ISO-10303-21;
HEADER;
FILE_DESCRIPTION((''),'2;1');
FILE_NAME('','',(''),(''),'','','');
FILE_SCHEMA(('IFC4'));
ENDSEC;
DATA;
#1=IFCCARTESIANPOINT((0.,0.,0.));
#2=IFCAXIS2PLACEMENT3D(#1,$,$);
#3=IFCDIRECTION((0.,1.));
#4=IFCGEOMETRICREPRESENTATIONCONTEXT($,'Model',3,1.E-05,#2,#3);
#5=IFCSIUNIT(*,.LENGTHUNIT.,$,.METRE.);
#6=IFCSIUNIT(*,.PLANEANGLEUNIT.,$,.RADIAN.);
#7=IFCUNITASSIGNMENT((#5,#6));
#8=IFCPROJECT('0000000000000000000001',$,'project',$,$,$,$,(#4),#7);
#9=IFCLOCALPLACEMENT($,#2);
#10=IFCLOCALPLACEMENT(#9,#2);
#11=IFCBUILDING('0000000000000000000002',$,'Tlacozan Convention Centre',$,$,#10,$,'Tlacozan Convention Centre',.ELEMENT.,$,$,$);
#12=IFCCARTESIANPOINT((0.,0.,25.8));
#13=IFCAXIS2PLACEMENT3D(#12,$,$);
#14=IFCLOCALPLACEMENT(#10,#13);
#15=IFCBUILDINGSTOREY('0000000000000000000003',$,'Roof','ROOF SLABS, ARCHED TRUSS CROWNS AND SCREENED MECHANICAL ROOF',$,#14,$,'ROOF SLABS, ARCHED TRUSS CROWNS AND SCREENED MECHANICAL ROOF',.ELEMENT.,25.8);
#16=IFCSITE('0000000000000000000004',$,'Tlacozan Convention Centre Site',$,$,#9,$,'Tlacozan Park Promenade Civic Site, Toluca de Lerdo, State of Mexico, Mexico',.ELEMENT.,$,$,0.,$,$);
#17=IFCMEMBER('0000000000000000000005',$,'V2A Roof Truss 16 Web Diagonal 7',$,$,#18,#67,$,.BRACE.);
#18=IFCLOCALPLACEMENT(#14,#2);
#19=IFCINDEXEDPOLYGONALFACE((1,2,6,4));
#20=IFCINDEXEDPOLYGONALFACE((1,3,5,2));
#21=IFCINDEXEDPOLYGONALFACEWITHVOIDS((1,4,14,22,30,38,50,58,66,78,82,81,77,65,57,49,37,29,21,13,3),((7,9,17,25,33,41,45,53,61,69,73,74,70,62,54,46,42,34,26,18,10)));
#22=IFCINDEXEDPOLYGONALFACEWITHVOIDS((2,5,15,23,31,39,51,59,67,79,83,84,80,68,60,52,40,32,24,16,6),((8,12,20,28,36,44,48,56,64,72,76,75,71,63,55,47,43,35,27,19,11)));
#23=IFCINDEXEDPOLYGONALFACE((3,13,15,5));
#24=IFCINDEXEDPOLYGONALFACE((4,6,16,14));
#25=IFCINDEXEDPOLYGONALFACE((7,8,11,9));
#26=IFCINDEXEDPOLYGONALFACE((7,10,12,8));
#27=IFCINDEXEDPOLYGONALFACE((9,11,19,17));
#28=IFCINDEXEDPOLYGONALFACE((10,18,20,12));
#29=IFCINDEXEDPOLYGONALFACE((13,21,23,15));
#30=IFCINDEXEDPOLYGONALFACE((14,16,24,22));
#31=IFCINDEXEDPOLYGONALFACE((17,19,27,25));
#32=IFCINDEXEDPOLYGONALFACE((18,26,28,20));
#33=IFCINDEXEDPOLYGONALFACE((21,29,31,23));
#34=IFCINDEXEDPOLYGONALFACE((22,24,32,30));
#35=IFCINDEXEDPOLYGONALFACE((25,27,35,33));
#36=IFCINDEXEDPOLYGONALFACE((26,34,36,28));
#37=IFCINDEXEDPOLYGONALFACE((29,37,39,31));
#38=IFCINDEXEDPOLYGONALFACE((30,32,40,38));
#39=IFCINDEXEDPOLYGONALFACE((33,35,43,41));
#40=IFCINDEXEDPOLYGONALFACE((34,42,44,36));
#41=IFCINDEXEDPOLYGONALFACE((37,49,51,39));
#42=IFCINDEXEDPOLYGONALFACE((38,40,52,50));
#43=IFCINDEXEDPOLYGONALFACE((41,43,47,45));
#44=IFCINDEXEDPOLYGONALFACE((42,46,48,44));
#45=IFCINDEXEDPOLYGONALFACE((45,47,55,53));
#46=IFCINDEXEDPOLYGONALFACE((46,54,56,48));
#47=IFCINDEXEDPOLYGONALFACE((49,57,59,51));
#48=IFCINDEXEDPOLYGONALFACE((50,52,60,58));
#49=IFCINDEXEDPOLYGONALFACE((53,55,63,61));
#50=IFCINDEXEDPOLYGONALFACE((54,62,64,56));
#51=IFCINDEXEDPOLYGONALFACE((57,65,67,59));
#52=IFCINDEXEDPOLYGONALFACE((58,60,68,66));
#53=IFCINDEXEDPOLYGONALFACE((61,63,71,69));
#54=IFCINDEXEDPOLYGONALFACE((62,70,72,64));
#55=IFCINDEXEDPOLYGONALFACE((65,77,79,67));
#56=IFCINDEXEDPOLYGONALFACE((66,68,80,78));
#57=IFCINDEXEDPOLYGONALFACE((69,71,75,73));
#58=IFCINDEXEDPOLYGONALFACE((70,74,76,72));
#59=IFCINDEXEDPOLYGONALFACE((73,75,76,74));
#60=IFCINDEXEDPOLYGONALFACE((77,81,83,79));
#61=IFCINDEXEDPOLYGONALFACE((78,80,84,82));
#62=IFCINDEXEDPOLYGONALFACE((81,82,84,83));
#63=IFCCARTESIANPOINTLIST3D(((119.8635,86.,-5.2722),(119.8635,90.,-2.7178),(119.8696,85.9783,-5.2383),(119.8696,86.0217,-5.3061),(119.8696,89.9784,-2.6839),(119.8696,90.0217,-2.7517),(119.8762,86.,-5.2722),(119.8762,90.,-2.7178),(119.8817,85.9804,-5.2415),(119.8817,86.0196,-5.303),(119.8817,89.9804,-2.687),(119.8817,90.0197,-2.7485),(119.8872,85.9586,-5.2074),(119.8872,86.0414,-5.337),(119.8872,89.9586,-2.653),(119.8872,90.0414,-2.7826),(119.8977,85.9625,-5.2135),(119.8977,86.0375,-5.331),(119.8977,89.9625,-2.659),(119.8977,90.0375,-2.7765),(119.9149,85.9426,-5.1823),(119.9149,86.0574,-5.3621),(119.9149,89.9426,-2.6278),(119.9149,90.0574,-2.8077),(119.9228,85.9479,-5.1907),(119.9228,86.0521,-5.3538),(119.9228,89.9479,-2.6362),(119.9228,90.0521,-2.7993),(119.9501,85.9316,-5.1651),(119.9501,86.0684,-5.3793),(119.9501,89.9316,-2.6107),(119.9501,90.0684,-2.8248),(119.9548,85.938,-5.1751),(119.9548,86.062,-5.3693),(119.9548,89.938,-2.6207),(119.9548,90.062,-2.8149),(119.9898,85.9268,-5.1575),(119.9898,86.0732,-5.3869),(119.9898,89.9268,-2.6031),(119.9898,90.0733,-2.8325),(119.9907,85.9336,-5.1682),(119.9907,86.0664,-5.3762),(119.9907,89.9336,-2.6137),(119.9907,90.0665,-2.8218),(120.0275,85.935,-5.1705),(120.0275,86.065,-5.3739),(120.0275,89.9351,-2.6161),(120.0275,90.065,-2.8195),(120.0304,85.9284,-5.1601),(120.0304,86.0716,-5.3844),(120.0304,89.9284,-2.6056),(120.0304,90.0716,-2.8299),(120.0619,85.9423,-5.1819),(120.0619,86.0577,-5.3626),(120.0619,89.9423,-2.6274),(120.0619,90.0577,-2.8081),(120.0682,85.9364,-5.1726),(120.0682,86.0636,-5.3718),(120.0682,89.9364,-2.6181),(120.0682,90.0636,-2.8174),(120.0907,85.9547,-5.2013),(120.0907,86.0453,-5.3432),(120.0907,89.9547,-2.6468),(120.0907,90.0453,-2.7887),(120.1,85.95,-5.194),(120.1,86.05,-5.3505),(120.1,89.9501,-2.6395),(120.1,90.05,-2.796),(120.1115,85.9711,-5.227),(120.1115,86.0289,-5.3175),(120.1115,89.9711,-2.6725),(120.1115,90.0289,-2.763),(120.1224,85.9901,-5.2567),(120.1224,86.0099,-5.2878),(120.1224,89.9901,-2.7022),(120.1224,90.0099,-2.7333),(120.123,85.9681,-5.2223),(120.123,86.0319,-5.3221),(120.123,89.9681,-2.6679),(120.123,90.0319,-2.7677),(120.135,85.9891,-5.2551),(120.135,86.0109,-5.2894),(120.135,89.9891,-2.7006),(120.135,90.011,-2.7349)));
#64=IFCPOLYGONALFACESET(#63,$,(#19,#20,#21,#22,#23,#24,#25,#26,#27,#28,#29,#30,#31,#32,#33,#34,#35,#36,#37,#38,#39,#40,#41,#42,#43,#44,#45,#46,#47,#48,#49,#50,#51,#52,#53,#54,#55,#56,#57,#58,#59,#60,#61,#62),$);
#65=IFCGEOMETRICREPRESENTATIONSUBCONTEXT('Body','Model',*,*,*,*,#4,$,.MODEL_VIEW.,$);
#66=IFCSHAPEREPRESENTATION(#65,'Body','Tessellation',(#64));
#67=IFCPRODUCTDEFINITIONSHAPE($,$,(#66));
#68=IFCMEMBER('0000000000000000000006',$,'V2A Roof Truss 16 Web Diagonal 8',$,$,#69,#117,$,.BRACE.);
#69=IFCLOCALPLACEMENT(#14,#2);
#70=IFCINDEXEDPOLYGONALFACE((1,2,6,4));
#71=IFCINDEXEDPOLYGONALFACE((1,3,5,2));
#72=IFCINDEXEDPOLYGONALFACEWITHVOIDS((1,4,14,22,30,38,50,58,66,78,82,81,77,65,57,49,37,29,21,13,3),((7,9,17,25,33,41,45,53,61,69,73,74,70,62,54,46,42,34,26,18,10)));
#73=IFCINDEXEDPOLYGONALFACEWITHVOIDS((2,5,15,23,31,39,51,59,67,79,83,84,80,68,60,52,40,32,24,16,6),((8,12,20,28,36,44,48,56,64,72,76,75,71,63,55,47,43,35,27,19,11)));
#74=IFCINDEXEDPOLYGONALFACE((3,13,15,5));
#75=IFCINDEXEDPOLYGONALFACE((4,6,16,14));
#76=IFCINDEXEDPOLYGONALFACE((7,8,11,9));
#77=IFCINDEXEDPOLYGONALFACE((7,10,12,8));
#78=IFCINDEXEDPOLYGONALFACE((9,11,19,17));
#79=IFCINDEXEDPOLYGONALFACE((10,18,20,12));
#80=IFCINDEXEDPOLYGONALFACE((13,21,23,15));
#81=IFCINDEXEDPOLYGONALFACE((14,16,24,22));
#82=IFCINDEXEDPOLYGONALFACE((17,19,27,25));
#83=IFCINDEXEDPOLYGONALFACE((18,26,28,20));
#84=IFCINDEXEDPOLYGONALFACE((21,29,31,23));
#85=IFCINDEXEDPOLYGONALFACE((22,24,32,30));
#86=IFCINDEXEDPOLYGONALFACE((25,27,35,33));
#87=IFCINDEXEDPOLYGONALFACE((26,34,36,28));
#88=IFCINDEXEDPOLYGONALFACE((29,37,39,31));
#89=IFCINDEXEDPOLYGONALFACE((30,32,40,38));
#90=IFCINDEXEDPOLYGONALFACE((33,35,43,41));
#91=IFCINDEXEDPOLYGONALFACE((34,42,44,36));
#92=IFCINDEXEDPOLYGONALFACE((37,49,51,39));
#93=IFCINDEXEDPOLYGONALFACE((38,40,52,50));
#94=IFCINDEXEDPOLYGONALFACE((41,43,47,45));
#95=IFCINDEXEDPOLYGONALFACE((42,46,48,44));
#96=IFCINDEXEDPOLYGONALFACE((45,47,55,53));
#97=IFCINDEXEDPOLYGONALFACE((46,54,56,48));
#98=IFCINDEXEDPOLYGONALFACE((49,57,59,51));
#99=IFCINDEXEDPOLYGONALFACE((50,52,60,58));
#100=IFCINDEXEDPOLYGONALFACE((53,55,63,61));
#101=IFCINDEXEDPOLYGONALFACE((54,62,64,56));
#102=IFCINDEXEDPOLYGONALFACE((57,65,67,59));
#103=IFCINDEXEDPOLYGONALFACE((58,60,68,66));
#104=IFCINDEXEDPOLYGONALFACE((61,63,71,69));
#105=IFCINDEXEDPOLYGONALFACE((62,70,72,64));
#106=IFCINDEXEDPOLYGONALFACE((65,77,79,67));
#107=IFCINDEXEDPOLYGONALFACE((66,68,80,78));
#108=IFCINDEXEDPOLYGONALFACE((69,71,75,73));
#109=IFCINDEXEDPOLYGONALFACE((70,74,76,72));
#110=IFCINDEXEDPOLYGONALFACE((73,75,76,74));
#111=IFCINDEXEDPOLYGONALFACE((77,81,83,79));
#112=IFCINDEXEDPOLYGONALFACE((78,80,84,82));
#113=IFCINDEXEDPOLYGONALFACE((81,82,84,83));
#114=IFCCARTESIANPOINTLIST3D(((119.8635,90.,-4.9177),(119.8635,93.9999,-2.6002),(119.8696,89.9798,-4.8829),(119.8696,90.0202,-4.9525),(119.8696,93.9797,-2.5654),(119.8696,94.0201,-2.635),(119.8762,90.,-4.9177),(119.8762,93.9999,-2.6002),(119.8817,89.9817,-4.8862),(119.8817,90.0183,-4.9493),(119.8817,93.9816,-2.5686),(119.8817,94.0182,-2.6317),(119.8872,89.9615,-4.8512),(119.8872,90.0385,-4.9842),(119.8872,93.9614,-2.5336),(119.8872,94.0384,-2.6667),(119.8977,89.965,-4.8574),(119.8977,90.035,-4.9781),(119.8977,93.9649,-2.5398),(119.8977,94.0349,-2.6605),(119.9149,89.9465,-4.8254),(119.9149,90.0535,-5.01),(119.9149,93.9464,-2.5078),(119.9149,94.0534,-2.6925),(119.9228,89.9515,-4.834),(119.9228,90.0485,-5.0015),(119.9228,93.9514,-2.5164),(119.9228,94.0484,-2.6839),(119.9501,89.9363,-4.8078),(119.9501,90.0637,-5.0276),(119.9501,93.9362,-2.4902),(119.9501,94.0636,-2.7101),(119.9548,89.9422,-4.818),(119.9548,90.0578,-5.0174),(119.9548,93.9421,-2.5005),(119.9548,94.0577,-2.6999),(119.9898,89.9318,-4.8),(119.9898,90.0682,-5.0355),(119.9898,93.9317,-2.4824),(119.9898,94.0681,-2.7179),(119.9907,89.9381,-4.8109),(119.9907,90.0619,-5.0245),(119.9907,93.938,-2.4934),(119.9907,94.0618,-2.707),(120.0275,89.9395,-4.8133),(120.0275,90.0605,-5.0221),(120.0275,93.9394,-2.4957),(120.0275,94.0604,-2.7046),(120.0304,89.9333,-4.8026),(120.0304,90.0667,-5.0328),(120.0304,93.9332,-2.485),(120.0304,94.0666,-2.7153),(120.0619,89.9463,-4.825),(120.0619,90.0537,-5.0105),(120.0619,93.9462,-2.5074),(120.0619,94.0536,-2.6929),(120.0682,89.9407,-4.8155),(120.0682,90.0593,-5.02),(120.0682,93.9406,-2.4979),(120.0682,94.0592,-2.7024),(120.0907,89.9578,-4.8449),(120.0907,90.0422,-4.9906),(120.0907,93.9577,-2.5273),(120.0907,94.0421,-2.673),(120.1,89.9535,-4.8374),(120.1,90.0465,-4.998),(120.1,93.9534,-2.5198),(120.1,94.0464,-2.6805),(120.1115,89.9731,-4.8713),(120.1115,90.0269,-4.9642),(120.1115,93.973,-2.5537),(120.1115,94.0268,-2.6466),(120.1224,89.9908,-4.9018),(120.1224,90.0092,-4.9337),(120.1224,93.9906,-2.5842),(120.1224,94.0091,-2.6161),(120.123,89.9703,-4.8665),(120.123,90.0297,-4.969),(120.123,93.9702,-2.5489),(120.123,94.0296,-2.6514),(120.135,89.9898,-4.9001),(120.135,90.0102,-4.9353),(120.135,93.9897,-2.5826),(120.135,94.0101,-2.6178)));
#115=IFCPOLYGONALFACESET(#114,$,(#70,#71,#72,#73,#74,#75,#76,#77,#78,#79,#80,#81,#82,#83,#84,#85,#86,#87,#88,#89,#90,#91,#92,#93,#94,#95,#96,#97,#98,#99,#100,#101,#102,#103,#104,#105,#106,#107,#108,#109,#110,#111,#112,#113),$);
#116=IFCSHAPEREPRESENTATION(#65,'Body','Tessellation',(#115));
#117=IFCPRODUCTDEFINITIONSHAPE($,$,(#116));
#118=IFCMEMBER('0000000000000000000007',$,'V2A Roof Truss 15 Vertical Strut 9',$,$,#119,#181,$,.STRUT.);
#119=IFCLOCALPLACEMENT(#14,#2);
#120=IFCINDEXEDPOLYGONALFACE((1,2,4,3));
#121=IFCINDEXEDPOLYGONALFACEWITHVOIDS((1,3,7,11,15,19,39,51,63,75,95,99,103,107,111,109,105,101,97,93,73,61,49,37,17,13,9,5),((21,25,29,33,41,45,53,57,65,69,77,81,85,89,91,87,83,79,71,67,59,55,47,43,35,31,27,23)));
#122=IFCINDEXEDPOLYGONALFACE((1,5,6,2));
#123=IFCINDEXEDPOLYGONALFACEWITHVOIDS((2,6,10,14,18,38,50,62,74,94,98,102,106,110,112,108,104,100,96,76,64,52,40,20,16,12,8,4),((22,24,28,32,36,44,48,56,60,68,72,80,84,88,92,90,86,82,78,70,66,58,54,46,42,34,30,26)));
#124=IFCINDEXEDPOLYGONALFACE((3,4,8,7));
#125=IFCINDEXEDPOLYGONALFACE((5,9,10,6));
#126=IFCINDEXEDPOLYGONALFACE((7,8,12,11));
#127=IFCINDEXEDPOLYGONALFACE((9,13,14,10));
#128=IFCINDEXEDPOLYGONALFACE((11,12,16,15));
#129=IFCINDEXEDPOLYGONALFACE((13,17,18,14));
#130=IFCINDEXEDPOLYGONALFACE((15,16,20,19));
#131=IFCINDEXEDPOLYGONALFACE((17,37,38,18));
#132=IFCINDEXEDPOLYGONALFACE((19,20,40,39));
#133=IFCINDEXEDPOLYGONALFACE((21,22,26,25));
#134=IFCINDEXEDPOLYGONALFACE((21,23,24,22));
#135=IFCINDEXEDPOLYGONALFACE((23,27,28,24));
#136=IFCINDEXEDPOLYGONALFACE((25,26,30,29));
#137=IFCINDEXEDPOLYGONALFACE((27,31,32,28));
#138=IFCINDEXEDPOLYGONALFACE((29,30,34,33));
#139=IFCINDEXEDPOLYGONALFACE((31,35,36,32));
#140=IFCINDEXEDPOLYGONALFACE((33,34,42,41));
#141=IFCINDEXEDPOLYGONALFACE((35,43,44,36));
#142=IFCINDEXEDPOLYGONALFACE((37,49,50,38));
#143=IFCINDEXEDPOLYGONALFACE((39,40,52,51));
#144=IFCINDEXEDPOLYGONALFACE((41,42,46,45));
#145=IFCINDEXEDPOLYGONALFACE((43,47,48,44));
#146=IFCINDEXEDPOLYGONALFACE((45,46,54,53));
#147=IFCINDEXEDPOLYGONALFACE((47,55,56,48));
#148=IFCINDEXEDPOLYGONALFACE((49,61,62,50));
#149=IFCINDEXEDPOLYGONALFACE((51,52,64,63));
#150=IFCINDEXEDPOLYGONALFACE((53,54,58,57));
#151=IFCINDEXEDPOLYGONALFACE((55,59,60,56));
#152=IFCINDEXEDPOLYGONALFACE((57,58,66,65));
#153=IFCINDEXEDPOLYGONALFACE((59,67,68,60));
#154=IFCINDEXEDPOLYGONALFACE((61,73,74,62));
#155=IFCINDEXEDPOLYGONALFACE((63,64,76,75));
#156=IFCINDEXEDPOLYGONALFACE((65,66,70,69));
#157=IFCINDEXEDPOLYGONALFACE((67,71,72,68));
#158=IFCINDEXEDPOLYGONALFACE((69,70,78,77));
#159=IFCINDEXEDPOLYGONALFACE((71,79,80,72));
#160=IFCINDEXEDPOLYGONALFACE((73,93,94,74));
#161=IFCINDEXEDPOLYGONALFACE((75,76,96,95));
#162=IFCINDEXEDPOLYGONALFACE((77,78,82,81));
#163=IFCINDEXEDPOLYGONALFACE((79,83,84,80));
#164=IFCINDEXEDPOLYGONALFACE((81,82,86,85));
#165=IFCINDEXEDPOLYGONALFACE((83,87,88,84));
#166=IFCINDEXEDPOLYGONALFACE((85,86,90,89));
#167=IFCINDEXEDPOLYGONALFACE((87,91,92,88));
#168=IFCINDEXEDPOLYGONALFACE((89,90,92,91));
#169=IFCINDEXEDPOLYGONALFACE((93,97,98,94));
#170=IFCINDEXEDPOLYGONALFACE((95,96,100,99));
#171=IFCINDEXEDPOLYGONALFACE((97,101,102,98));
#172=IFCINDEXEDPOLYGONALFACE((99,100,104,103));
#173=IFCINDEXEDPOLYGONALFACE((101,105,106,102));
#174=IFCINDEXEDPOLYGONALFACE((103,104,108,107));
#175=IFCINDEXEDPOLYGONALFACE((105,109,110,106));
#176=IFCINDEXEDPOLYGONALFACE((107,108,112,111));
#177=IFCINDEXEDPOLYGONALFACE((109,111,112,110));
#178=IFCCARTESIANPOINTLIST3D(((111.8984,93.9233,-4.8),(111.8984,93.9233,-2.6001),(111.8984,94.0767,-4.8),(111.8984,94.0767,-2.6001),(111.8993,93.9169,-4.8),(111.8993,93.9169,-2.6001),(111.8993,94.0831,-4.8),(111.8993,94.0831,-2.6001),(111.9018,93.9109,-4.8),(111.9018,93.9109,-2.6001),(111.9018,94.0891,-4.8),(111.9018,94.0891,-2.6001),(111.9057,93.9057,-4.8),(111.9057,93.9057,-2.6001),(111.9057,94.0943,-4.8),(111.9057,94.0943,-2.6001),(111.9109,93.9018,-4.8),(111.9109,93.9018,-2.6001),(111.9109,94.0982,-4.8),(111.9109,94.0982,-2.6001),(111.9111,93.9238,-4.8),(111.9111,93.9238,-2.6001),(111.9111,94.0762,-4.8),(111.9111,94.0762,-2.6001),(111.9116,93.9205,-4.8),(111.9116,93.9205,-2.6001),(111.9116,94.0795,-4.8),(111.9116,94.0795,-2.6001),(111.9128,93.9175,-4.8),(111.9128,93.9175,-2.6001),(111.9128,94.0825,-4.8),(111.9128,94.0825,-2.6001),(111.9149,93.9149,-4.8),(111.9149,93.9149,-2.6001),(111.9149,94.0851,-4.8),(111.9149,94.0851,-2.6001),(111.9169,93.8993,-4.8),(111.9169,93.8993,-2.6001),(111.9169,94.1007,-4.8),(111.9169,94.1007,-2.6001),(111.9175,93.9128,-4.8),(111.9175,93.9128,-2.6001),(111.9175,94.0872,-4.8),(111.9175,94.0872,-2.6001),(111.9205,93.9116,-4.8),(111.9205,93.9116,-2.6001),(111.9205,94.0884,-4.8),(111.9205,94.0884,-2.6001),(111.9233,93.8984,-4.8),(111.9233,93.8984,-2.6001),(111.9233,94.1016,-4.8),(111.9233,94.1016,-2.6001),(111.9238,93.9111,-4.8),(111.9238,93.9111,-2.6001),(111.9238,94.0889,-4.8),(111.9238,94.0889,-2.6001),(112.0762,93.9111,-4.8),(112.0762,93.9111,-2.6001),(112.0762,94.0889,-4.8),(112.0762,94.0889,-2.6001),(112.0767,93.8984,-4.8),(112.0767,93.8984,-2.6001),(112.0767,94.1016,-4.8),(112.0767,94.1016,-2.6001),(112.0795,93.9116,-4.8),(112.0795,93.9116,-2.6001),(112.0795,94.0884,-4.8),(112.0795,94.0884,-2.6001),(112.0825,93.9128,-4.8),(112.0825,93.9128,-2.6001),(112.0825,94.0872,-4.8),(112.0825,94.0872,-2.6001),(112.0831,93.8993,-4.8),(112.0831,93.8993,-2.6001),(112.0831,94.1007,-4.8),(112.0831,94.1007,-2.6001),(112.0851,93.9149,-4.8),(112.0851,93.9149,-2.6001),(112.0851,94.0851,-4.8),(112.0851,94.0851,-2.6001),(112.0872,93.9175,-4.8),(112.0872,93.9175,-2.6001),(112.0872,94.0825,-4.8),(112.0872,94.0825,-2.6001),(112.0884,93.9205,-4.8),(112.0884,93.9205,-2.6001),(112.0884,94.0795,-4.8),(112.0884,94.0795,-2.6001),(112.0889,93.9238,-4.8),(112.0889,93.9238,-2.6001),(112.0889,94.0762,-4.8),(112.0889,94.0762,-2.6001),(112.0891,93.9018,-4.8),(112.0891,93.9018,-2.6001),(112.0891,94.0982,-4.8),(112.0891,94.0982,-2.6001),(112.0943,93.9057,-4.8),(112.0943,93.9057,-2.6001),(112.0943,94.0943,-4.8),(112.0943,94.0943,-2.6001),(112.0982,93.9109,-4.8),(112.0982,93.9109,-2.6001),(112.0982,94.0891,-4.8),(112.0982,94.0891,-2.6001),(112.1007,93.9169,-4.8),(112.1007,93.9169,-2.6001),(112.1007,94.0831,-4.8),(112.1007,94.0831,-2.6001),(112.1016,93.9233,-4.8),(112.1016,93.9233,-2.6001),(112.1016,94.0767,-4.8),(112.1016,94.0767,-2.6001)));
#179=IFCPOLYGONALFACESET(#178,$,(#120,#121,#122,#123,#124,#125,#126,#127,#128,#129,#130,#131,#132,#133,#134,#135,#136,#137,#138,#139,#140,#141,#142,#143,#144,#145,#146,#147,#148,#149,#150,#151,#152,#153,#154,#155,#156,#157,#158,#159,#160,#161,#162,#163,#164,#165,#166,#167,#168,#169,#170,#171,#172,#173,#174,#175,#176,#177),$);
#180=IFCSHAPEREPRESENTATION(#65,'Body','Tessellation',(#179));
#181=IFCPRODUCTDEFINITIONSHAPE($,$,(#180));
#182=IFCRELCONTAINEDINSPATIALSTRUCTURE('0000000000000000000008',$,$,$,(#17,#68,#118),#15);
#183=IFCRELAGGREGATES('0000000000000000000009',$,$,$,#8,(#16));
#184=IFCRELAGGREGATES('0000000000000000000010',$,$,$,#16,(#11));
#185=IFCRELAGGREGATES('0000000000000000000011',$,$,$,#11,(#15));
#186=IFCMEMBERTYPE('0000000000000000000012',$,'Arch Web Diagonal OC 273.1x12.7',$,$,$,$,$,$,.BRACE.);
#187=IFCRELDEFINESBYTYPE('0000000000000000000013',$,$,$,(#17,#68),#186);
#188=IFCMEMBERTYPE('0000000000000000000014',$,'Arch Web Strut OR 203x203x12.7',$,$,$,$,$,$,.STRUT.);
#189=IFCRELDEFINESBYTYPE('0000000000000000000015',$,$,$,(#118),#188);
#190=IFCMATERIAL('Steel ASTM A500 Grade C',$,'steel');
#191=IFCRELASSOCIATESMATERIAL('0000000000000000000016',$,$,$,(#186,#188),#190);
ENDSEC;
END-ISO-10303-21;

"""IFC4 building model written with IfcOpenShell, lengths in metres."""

from ifc_helpers import new_model, si_unit, direction, frame, origin, origin_2d, place, context, subcontext, project, spatial, hollow_rectangle, hollow_circle, extrude, material, material_profile, profile_set, type_object, element, save


model = new_model("IFC4")

# Units and contexts
model_context = context("Model", 3, precision=1e-05, world=origin(), true_north=direction((0.0, 1.0)))
body_context = subcontext(model_context, "Body", "Model", "MODEL_VIEW")
ifc_project = project(units=[si_unit("LENGTHUNIT", "METRE"), si_unit("PLANEANGLEUNIT", "RADIAN")], contexts=[model_context])

# Site, building, storey
site_placement = place(None, origin())
site = spatial("IfcSite", under=ifc_project, at=site_placement, Name="Tlacozan Convention Centre Site", LongName="Tlacozan Park Promenade Civic Site, Toluca de Lerdo, State of Mexico, Mexico", CompositionType="ELEMENT", RefElevation=0.0)
building_placement = place(site_placement, origin())
building = spatial("IfcBuilding", under=site, at=building_placement, Name="Tlacozan Convention Centre", LongName="Tlacozan Convention Centre", CompositionType="ELEMENT")
storey_placement = place(building_placement, frame((0.0, 0.0, 25.8)))
storey = spatial("IfcBuildingStorey", under=building, at=storey_placement, Name="Roof", Description="ROOF SLABS, ARCHED TRUSS CROWNS AND SCREENED MECHANICAL ROOF", LongName="ROOF SLABS, ARCHED TRUSS CROWNS AND SCREENED MECHANICAL ROOF", CompositionType="ELEMENT", Elevation=25.8)

# Members
ifc_material_1 = material(Name="Steel ASTM A500 Grade C", Category="steel")
ifc_material_profile_1 = material_profile(ifc_material_1, hollow_circle(Radius=0.1365, WallThickness=0.0127, at=origin_2d()), Name="OC 273.1x12.7")
ifc_profile_set_1 = profile_set([ifc_material_profile_1], Name="Steel ASTM A500 Grade C")
member_type_1 = type_object("IfcMemberType", Name="Arch Web Diagonal OC 273.1x12.7", PredefinedType="BRACE", material=ifc_profile_set_1)
member_1_placement = place(storey_placement, frame((120.0, 86.0, -5.2722), z_axis=(0.0, 0.842803, 0.538223), x_axis=(-1.0, 0.0, 0.0)))
element("IfcMember", 1, at=member_1_placement, inside=storey, type_object=member_type_1, Name="V2A Roof Truss 16 Web Diagonal 7", PredefinedType="BRACE", context=body_context, shape_type="SweptSolid", body=[
    extrude(hollow_circle(Radius=0.1365, WallThickness=0.0127, at=origin_2d()), origin(), (0.0, 0.0, 1.0), 4.7461),
])
member_2_placement = place(storey_placement, frame((120.0, 90.0, -4.9177), z_axis=(0.0, 0.865254, 0.501334), x_axis=(-1.0, 0.0, 0.0)))
element("IfcMember", 2, at=member_2_placement, inside=storey, type_object=member_type_1, Name="V2A Roof Truss 16 Web Diagonal 8", PredefinedType="BRACE", context=body_context, shape_type="SweptSolid", body=[
    extrude(hollow_circle(Radius=0.1365, WallThickness=0.0127, at=origin_2d()), origin(), (0.0, 0.0, 1.0), 4.6228),
])
ifc_material_profile_2 = material_profile(ifc_material_1, hollow_rectangle(XDim=0.2031, YDim=0.2031, WallThickness=0.0127, InnerFilletRadius=0.0127, OuterFilletRadius=0.0249, at=origin_2d()), Name="OR 203x203x12.7")
ifc_profile_set_2 = profile_set([ifc_material_profile_2], Name="Steel ASTM A500 Grade C")
member_type_2 = type_object("IfcMemberType", Name="Arch Web Strut OR 203x203x12.7", PredefinedType="STRUT", material=ifc_profile_set_2)
for number, where, z_axis, x_axis, name in (
    (3, (112.0, 94.0, -4.8), (0.0, 0.0, 1.0), (1.0, 0.0, 0.0), "V2A Roof Truss 15 Vertical Strut 9"),
):
    element("IfcMember", number, at=place(storey_placement, frame(where, z_axis=z_axis, x_axis=x_axis)), inside=storey, type_object=member_type_2, Name=name, PredefinedType="STRUT", context=body_context, shape_type="SweptSolid", body=[
        extrude(hollow_rectangle(XDim=0.2031, YDim=0.2031, WallThickness=0.0127, InnerFilletRadius=0.0127, OuterFilletRadius=0.0249, at=origin_2d()), origin(), (0.0, 0.0, 1.0), 2.2),
    ])

save(model, "model.ifc")
